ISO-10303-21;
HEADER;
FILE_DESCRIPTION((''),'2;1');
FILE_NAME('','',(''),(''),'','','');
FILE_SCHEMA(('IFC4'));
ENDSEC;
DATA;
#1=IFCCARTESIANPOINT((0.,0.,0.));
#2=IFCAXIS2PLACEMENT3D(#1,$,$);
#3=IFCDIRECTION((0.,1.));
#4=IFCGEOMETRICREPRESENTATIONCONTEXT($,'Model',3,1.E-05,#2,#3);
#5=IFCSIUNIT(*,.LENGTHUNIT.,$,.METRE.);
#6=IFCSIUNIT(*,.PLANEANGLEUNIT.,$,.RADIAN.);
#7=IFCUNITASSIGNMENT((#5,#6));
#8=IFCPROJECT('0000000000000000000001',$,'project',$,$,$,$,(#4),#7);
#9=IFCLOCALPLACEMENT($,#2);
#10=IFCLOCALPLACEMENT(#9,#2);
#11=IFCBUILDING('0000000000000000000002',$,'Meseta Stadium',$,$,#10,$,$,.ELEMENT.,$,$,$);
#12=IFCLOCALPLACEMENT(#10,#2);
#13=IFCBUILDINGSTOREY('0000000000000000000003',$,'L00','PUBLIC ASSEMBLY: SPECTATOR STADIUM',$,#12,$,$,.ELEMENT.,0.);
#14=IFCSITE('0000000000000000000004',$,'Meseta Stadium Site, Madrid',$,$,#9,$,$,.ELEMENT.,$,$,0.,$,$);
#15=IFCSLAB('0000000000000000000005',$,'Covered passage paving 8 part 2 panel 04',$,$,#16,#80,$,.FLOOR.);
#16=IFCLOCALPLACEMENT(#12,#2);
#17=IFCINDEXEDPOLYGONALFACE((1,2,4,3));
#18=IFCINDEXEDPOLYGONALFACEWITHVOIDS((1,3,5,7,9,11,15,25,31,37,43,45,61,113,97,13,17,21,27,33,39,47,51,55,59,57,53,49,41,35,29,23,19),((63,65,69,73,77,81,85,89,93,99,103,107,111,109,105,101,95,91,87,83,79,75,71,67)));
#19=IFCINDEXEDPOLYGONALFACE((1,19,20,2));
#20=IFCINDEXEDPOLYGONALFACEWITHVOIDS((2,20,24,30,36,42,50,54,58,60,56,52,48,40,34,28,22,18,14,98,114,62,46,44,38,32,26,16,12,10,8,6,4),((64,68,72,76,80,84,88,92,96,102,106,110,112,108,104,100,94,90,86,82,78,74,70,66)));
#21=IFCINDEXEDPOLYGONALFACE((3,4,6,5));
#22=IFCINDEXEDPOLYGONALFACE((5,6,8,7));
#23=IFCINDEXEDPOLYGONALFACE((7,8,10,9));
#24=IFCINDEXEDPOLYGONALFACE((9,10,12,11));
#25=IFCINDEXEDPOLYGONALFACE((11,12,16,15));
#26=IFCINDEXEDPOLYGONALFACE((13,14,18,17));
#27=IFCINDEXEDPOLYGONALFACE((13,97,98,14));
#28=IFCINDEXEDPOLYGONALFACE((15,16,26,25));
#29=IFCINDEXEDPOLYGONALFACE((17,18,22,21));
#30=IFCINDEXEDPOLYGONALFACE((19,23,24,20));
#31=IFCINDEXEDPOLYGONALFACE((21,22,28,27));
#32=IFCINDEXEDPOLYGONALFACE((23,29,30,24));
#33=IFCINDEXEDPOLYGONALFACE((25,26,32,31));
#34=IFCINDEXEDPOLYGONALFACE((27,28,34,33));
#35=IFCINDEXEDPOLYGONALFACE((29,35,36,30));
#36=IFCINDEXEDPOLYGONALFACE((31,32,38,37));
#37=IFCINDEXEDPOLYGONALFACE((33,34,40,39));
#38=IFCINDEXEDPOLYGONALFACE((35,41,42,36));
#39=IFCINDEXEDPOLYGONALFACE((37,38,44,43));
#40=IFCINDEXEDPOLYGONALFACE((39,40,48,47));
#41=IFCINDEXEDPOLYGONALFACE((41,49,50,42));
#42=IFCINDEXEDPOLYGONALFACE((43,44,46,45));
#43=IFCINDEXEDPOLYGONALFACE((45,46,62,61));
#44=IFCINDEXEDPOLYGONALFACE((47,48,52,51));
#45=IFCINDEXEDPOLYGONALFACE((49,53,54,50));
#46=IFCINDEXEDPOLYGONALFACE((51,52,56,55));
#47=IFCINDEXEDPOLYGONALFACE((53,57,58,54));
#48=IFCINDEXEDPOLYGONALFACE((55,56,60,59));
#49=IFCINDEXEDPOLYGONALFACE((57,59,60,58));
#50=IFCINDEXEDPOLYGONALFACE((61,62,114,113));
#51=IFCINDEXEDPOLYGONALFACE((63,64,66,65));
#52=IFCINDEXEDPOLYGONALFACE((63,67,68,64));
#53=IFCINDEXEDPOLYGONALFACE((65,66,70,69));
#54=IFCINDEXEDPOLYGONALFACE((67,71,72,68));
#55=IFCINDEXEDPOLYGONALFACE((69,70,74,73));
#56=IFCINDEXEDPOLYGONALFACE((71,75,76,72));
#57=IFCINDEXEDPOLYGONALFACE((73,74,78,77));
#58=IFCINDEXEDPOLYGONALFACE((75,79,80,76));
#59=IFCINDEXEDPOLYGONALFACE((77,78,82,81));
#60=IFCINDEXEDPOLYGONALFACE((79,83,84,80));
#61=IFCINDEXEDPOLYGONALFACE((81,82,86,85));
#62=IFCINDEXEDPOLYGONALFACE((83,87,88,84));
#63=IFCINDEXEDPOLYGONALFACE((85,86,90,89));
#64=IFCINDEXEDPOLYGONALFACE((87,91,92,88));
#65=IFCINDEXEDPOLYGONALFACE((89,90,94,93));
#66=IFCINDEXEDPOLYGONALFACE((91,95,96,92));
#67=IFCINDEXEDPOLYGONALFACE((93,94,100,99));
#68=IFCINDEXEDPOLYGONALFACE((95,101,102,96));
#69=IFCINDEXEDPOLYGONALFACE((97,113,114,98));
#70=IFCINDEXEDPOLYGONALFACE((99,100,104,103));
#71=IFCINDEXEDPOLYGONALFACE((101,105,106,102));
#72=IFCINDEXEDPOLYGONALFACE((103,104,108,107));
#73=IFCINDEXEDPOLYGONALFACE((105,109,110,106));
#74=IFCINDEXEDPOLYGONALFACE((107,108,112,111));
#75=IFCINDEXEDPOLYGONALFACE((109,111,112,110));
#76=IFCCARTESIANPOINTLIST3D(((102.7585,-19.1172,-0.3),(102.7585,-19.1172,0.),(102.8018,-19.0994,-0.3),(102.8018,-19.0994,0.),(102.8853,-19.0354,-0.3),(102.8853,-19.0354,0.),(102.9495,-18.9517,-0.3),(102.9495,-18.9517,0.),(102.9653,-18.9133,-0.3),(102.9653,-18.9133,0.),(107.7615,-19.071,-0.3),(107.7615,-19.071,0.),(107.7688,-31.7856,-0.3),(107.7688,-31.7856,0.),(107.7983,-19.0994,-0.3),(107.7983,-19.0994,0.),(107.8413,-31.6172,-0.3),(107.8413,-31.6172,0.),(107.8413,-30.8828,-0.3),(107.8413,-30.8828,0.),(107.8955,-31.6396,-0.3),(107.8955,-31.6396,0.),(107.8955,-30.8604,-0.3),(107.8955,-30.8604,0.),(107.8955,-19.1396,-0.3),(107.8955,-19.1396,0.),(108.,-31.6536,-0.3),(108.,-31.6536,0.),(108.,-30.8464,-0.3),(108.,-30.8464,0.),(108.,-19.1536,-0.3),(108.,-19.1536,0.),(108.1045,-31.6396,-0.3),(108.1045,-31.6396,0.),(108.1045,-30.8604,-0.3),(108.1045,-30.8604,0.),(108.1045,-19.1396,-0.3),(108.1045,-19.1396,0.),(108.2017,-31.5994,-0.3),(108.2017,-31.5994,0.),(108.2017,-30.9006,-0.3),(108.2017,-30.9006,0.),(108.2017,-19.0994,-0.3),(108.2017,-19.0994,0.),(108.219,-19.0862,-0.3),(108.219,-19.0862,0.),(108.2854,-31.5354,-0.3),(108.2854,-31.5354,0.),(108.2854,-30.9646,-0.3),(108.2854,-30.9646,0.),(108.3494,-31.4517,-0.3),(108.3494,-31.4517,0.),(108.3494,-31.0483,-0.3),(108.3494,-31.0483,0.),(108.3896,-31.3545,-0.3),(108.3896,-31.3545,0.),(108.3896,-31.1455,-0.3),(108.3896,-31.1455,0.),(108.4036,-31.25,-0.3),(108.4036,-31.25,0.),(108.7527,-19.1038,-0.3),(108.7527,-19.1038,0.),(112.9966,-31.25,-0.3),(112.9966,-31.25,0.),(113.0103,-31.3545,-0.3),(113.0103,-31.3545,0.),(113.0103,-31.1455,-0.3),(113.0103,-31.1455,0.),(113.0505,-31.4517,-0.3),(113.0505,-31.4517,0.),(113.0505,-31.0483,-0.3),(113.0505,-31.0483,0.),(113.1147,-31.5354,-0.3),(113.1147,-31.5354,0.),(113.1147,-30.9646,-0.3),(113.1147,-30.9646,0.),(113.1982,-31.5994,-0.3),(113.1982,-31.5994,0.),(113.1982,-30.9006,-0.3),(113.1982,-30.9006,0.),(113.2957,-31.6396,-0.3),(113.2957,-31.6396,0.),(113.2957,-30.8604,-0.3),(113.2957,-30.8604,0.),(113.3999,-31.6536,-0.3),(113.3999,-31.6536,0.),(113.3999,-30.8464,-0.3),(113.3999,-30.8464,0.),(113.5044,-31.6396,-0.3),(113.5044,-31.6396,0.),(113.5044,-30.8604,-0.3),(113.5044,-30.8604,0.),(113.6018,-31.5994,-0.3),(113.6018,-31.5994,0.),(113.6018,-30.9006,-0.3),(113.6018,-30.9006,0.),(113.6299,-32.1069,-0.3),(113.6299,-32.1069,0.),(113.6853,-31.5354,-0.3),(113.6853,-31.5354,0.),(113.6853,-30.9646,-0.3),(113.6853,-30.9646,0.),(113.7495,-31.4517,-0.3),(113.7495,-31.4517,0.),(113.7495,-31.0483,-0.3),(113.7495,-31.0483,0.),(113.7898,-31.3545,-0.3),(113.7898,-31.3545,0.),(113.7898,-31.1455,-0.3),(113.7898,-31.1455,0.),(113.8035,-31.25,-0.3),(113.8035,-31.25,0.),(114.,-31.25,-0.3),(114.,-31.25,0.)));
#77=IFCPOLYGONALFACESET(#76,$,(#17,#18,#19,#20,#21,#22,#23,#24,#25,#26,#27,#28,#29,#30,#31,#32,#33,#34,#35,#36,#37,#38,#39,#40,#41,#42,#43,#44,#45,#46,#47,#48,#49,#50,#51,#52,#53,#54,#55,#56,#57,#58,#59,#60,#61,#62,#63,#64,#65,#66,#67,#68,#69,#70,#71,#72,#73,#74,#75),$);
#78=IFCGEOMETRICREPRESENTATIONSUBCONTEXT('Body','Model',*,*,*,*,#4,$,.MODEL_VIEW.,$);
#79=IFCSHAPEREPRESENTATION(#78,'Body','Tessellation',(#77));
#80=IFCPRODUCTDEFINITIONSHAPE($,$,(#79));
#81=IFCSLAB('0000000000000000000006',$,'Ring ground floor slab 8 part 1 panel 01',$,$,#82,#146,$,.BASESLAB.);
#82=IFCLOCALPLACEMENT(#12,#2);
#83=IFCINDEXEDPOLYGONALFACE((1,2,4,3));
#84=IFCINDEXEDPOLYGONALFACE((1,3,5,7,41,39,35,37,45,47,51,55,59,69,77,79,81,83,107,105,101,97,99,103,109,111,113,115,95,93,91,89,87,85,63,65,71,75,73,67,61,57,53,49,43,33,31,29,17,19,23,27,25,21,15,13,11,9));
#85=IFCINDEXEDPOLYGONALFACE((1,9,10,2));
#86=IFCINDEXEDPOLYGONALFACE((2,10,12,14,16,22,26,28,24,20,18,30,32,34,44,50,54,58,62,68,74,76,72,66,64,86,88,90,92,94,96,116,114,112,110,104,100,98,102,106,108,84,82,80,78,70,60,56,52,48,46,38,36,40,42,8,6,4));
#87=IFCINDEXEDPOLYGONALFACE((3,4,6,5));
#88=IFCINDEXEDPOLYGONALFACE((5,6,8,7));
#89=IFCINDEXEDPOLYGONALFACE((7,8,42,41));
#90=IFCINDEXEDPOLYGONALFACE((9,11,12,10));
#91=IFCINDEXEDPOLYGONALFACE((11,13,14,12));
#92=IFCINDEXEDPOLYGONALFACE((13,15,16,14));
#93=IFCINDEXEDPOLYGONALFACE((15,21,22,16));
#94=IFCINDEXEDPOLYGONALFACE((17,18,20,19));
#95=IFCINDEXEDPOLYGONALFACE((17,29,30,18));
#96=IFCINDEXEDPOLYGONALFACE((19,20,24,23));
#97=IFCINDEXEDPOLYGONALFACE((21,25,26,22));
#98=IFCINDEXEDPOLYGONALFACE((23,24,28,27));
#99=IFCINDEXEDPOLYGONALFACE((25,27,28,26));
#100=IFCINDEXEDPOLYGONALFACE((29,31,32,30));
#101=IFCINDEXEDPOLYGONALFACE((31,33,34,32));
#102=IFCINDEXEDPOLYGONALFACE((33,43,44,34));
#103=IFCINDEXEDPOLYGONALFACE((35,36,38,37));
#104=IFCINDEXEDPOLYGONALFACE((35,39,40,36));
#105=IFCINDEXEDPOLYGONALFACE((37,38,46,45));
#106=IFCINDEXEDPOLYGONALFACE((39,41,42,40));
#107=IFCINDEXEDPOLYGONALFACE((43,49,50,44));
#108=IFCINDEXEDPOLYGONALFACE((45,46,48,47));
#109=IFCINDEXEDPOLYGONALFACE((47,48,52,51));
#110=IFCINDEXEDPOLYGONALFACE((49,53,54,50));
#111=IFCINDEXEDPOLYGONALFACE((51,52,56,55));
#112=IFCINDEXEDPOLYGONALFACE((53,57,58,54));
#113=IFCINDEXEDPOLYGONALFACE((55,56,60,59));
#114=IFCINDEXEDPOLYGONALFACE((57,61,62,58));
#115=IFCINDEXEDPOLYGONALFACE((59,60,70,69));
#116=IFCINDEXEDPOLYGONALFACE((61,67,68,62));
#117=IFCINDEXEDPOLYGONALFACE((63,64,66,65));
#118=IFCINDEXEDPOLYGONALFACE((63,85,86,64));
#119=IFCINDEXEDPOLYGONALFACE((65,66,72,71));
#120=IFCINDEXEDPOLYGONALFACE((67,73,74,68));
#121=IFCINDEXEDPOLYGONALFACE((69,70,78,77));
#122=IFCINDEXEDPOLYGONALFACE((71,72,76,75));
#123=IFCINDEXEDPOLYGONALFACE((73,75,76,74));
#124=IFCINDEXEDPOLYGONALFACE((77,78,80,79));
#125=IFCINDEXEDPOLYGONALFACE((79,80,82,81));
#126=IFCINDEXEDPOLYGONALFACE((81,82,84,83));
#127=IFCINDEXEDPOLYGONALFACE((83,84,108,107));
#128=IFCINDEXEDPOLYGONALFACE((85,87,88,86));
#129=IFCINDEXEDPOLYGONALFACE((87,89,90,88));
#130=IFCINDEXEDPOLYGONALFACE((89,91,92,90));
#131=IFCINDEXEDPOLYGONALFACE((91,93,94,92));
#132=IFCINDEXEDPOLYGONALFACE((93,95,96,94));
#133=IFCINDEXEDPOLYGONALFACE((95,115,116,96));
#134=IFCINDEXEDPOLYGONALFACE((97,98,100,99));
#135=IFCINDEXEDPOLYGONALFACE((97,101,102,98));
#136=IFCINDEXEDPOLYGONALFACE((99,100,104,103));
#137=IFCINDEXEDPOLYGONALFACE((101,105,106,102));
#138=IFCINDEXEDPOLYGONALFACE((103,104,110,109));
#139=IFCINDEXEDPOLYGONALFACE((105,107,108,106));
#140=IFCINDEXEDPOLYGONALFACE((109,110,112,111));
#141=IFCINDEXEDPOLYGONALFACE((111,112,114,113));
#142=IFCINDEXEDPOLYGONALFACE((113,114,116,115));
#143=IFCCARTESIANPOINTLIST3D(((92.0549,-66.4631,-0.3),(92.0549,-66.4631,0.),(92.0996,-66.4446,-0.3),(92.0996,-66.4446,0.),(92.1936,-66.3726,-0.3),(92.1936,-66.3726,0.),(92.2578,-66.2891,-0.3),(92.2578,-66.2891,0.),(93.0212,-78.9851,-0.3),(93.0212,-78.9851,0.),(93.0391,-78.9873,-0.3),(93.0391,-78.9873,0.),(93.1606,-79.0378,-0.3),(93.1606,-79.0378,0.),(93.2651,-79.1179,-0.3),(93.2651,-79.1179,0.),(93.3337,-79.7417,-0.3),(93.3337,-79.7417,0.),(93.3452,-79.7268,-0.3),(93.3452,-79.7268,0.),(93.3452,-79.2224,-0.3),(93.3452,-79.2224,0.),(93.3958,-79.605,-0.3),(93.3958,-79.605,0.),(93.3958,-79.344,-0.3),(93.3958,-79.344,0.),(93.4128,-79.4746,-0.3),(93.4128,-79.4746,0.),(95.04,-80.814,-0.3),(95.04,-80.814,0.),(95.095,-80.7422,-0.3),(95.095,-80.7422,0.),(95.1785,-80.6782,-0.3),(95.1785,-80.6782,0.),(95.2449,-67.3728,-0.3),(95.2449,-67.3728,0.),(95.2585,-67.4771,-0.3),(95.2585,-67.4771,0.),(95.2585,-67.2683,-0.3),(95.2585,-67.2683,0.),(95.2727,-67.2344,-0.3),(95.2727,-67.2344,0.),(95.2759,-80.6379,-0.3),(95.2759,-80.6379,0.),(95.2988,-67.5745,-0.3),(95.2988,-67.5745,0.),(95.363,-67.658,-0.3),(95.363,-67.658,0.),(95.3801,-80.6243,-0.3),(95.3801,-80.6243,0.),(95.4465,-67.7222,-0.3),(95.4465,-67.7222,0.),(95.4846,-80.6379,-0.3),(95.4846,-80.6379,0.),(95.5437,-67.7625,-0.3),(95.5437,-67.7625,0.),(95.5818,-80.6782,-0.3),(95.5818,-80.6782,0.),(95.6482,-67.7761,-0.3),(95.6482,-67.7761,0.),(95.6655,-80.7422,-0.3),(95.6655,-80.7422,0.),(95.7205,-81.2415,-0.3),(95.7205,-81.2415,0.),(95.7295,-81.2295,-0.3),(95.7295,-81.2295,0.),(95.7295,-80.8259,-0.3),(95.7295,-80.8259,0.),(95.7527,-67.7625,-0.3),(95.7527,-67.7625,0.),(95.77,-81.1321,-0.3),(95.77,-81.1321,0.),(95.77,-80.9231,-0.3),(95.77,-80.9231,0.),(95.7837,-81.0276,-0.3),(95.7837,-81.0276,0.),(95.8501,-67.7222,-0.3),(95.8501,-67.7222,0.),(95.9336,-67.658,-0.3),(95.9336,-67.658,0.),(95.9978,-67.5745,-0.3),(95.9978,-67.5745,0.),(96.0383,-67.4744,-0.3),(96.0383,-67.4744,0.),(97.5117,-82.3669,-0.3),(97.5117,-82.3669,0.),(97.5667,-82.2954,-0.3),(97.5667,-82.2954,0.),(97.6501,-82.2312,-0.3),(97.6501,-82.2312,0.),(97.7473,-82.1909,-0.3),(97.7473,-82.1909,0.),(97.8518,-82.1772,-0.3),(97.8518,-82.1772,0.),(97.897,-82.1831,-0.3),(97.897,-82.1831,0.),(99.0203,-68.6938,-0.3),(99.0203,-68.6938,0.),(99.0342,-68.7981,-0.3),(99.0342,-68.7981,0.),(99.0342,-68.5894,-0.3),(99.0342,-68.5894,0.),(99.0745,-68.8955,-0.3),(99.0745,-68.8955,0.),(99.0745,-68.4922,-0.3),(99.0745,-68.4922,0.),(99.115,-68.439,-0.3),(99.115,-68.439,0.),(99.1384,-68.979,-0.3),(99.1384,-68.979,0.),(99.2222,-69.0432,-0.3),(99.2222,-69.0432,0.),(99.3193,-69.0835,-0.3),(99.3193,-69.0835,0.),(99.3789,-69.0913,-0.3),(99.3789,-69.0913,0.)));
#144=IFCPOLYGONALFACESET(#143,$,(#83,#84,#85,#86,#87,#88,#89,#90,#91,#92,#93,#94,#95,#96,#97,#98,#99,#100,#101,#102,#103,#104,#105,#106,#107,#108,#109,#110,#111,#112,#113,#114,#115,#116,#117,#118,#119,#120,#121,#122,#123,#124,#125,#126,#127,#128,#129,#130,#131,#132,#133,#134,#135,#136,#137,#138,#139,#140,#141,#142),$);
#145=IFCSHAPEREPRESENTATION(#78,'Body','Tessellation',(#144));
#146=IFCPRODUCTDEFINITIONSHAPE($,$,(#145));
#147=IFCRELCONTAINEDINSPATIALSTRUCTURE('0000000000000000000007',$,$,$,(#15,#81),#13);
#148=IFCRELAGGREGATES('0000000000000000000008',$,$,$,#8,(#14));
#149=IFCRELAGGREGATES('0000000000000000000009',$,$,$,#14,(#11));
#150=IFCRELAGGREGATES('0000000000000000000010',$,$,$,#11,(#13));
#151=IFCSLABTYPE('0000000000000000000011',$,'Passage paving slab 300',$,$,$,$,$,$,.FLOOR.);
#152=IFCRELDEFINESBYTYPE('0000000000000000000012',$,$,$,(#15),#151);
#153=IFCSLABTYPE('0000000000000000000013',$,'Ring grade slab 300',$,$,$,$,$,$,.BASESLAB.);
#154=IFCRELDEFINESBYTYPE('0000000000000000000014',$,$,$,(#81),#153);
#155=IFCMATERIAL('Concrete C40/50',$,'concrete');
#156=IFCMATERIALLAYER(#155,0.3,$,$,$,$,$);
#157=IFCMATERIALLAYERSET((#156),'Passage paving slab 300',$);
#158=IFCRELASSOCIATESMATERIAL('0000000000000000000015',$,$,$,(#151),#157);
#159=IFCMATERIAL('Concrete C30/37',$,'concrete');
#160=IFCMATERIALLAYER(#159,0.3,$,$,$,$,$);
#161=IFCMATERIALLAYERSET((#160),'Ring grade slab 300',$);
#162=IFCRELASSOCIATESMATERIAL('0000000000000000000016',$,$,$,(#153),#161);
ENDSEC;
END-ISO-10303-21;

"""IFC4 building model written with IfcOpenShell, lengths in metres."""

from ifc_helpers import new_model, si_unit, direction, frame, origin, place, context, subcontext, project, spatial, polyline, outline, extrude, material, layer, layer_set, type_object, element, save


model = new_model("IFC4")

# Units and contexts
model_context = context("Model", 3, precision=1e-05, world=origin(), true_north=direction((0.0, 1.0)))
body_context = subcontext(model_context, "Body", "Model", "MODEL_VIEW")
ifc_project = project(units=[si_unit("LENGTHUNIT", "METRE"), si_unit("PLANEANGLEUNIT", "RADIAN")], contexts=[model_context])

# Site, building, storey
site_placement = place(None, origin())
site = spatial("IfcSite", under=ifc_project, at=site_placement, Name="Meseta Stadium Site, Madrid", CompositionType="ELEMENT", RefElevation=0.0)
building_placement = place(site_placement, origin())
building = spatial("IfcBuilding", under=site, at=building_placement, Name="Meseta Stadium", CompositionType="ELEMENT")
storey_placement = place(building_placement, origin())
storey = spatial("IfcBuildingStorey", under=building, at=storey_placement, Name="L00", Description="PUBLIC ASSEMBLY: SPECTATOR STADIUM", CompositionType="ELEMENT", Elevation=0.0)

# Slabs
ifc_material_1 = material(Name="Concrete C40/50", Category="concrete")
ifc_layer_1 = layer(ifc_material_1, 0.3)
ifc_layer_set_1 = layer_set([ifc_layer_1], Name="Passage paving slab 300")
slab_type_1 = type_object("IfcSlabType", Name="Passage paving slab 300", PredefinedType="FLOOR", material=ifc_layer_set_1)
slab_1_placement = place(storey_placement, frame((0.0, 0.0, -0.3)))
element("IfcSlab", 1, at=slab_1_placement, inside=storey, type_object=slab_type_1, Name="Covered passage paving 8 part 2 panel 04", PredefinedType="FLOOR", context=body_context, shape_type="SweptSolid", body=[
    extrude(outline(polyline([(113.6299, -32.1069), (114.0, -31.25), (108.7527, -19.1038), (108.219, -19.0862), (108.2017, -19.0994), (108.1045, -19.1396), (108.0, -19.1536), (107.8955, -19.1396), (107.7983, -19.0994), (107.7615, -19.071), (102.9653, -18.9133), (102.9495, -18.9517), (102.8853, -19.0354), (102.8018, -19.0994), (102.7585, -19.1172), (107.8413, -30.8828), (107.8955, -30.8604), (108.0, -30.8464), (108.1045, -30.8604), (108.2017, -30.9006), (108.2854, -30.9646), (108.3494, -31.0483), (108.3896, -31.1455), (108.4036, -31.25), (108.3896, -31.3545), (108.3494, -31.4517), (108.2854, -31.5354), (108.2017, -31.5994), (108.1045, -31.6396), (108.0, -31.6536), (107.8955, -31.6396), (107.8413, -31.6172), (107.7688, -31.7856), (113.6299, -32.1069)]), holes=[polyline([(113.6018, -31.5994), (113.5044, -31.6396), (113.3999, -31.6536), (113.2957, -31.6396), (113.1982, -31.5994), (113.1147, -31.5354), (113.0505, -31.4517), (113.0103, -31.3545), (112.9966, -31.25), (113.0103, -31.1455), (113.0505, -31.0483), (113.1147, -30.9646), (113.1982, -30.9006), (113.2957, -30.8604), (113.3999, -30.8464), (113.5044, -30.8604), (113.6018, -30.9006), (113.6853, -30.9646), (113.7495, -31.0483), (113.7898, -31.1455), (113.8035, -31.25), (113.7898, -31.3545), (113.7495, -31.4517), (113.6853, -31.5354), (113.6018, -31.5994)])]), origin(), (0.0, 0.0, 1.0), 0.3),
])
ifc_material_2 = material(Name="Concrete C30/37", Category="concrete")
ifc_layer_2 = layer(ifc_material_2, 0.3)
ifc_layer_set_2 = layer_set([ifc_layer_2], Name="Ring grade slab 300")
slab_type_2 = type_object("IfcSlabType", Name="Ring grade slab 300", PredefinedType="BASESLAB", material=ifc_layer_set_2)
slab_2_placement = place(storey_placement, frame((0.0, 0.0, -0.3)))
element("IfcSlab", 2, at=slab_2_placement, inside=storey, type_object=slab_type_2, Name="Ring ground floor slab 8 part 1 panel 01", PredefinedType="BASESLAB", context=body_context, shape_type="SweptSolid", body=[
    extrude(outline(polyline([(93.0391, -78.9873), (93.1606, -79.0378), (93.2651, -79.1179), (93.3452, -79.2224), (93.3958, -79.344), (93.4128, -79.4746), (93.3958, -79.605), (93.3452, -79.7268), (93.3337, -79.7417), (95.04, -80.814), (95.095, -80.7422), (95.1785, -80.6782), (95.2759, -80.6379), (95.3801, -80.6243), (95.4846, -80.6379), (95.5818, -80.6782), (95.6655, -80.7422), (95.7295, -80.8259), (95.77, -80.9231), (95.7837, -81.0276), (95.77, -81.1321), (95.7295, -81.2295), (95.7205, -81.2415), (97.5117, -82.3669), (97.5667, -82.2954), (97.6501, -82.2312), (97.7473, -82.1909), (97.8518, -82.1772), (97.897, -82.1831), (99.3789, -69.0913), (99.3193, -69.0835), (99.2222, -69.0432), (99.1384, -68.979), (99.0745, -68.8955), (99.0342, -68.7981), (99.0203, -68.6938), (99.0342, -68.5894), (99.0745, -68.4922), (99.115, -68.439), (96.0383, -67.4744), (95.9978, -67.5745), (95.9336, -67.658), (95.8501, -67.7222), (95.7527, -67.7625), (95.6482, -67.7761), (95.5437, -67.7625), (95.4465, -67.7222), (95.363, -67.658), (95.2988, -67.5745), (95.2585, -67.4771), (95.2449, -67.3728), (95.2585, -67.2683), (95.2727, -67.2344), (92.2578, -66.2891), (92.1936, -66.3726), (92.0996, -66.4446), (92.0549, -66.4631), (93.0212, -78.9851), (93.0391, -78.9873)])), origin(), (0.0, 0.0, 1.0), 0.3),
])

save(model, "model.ifc")
